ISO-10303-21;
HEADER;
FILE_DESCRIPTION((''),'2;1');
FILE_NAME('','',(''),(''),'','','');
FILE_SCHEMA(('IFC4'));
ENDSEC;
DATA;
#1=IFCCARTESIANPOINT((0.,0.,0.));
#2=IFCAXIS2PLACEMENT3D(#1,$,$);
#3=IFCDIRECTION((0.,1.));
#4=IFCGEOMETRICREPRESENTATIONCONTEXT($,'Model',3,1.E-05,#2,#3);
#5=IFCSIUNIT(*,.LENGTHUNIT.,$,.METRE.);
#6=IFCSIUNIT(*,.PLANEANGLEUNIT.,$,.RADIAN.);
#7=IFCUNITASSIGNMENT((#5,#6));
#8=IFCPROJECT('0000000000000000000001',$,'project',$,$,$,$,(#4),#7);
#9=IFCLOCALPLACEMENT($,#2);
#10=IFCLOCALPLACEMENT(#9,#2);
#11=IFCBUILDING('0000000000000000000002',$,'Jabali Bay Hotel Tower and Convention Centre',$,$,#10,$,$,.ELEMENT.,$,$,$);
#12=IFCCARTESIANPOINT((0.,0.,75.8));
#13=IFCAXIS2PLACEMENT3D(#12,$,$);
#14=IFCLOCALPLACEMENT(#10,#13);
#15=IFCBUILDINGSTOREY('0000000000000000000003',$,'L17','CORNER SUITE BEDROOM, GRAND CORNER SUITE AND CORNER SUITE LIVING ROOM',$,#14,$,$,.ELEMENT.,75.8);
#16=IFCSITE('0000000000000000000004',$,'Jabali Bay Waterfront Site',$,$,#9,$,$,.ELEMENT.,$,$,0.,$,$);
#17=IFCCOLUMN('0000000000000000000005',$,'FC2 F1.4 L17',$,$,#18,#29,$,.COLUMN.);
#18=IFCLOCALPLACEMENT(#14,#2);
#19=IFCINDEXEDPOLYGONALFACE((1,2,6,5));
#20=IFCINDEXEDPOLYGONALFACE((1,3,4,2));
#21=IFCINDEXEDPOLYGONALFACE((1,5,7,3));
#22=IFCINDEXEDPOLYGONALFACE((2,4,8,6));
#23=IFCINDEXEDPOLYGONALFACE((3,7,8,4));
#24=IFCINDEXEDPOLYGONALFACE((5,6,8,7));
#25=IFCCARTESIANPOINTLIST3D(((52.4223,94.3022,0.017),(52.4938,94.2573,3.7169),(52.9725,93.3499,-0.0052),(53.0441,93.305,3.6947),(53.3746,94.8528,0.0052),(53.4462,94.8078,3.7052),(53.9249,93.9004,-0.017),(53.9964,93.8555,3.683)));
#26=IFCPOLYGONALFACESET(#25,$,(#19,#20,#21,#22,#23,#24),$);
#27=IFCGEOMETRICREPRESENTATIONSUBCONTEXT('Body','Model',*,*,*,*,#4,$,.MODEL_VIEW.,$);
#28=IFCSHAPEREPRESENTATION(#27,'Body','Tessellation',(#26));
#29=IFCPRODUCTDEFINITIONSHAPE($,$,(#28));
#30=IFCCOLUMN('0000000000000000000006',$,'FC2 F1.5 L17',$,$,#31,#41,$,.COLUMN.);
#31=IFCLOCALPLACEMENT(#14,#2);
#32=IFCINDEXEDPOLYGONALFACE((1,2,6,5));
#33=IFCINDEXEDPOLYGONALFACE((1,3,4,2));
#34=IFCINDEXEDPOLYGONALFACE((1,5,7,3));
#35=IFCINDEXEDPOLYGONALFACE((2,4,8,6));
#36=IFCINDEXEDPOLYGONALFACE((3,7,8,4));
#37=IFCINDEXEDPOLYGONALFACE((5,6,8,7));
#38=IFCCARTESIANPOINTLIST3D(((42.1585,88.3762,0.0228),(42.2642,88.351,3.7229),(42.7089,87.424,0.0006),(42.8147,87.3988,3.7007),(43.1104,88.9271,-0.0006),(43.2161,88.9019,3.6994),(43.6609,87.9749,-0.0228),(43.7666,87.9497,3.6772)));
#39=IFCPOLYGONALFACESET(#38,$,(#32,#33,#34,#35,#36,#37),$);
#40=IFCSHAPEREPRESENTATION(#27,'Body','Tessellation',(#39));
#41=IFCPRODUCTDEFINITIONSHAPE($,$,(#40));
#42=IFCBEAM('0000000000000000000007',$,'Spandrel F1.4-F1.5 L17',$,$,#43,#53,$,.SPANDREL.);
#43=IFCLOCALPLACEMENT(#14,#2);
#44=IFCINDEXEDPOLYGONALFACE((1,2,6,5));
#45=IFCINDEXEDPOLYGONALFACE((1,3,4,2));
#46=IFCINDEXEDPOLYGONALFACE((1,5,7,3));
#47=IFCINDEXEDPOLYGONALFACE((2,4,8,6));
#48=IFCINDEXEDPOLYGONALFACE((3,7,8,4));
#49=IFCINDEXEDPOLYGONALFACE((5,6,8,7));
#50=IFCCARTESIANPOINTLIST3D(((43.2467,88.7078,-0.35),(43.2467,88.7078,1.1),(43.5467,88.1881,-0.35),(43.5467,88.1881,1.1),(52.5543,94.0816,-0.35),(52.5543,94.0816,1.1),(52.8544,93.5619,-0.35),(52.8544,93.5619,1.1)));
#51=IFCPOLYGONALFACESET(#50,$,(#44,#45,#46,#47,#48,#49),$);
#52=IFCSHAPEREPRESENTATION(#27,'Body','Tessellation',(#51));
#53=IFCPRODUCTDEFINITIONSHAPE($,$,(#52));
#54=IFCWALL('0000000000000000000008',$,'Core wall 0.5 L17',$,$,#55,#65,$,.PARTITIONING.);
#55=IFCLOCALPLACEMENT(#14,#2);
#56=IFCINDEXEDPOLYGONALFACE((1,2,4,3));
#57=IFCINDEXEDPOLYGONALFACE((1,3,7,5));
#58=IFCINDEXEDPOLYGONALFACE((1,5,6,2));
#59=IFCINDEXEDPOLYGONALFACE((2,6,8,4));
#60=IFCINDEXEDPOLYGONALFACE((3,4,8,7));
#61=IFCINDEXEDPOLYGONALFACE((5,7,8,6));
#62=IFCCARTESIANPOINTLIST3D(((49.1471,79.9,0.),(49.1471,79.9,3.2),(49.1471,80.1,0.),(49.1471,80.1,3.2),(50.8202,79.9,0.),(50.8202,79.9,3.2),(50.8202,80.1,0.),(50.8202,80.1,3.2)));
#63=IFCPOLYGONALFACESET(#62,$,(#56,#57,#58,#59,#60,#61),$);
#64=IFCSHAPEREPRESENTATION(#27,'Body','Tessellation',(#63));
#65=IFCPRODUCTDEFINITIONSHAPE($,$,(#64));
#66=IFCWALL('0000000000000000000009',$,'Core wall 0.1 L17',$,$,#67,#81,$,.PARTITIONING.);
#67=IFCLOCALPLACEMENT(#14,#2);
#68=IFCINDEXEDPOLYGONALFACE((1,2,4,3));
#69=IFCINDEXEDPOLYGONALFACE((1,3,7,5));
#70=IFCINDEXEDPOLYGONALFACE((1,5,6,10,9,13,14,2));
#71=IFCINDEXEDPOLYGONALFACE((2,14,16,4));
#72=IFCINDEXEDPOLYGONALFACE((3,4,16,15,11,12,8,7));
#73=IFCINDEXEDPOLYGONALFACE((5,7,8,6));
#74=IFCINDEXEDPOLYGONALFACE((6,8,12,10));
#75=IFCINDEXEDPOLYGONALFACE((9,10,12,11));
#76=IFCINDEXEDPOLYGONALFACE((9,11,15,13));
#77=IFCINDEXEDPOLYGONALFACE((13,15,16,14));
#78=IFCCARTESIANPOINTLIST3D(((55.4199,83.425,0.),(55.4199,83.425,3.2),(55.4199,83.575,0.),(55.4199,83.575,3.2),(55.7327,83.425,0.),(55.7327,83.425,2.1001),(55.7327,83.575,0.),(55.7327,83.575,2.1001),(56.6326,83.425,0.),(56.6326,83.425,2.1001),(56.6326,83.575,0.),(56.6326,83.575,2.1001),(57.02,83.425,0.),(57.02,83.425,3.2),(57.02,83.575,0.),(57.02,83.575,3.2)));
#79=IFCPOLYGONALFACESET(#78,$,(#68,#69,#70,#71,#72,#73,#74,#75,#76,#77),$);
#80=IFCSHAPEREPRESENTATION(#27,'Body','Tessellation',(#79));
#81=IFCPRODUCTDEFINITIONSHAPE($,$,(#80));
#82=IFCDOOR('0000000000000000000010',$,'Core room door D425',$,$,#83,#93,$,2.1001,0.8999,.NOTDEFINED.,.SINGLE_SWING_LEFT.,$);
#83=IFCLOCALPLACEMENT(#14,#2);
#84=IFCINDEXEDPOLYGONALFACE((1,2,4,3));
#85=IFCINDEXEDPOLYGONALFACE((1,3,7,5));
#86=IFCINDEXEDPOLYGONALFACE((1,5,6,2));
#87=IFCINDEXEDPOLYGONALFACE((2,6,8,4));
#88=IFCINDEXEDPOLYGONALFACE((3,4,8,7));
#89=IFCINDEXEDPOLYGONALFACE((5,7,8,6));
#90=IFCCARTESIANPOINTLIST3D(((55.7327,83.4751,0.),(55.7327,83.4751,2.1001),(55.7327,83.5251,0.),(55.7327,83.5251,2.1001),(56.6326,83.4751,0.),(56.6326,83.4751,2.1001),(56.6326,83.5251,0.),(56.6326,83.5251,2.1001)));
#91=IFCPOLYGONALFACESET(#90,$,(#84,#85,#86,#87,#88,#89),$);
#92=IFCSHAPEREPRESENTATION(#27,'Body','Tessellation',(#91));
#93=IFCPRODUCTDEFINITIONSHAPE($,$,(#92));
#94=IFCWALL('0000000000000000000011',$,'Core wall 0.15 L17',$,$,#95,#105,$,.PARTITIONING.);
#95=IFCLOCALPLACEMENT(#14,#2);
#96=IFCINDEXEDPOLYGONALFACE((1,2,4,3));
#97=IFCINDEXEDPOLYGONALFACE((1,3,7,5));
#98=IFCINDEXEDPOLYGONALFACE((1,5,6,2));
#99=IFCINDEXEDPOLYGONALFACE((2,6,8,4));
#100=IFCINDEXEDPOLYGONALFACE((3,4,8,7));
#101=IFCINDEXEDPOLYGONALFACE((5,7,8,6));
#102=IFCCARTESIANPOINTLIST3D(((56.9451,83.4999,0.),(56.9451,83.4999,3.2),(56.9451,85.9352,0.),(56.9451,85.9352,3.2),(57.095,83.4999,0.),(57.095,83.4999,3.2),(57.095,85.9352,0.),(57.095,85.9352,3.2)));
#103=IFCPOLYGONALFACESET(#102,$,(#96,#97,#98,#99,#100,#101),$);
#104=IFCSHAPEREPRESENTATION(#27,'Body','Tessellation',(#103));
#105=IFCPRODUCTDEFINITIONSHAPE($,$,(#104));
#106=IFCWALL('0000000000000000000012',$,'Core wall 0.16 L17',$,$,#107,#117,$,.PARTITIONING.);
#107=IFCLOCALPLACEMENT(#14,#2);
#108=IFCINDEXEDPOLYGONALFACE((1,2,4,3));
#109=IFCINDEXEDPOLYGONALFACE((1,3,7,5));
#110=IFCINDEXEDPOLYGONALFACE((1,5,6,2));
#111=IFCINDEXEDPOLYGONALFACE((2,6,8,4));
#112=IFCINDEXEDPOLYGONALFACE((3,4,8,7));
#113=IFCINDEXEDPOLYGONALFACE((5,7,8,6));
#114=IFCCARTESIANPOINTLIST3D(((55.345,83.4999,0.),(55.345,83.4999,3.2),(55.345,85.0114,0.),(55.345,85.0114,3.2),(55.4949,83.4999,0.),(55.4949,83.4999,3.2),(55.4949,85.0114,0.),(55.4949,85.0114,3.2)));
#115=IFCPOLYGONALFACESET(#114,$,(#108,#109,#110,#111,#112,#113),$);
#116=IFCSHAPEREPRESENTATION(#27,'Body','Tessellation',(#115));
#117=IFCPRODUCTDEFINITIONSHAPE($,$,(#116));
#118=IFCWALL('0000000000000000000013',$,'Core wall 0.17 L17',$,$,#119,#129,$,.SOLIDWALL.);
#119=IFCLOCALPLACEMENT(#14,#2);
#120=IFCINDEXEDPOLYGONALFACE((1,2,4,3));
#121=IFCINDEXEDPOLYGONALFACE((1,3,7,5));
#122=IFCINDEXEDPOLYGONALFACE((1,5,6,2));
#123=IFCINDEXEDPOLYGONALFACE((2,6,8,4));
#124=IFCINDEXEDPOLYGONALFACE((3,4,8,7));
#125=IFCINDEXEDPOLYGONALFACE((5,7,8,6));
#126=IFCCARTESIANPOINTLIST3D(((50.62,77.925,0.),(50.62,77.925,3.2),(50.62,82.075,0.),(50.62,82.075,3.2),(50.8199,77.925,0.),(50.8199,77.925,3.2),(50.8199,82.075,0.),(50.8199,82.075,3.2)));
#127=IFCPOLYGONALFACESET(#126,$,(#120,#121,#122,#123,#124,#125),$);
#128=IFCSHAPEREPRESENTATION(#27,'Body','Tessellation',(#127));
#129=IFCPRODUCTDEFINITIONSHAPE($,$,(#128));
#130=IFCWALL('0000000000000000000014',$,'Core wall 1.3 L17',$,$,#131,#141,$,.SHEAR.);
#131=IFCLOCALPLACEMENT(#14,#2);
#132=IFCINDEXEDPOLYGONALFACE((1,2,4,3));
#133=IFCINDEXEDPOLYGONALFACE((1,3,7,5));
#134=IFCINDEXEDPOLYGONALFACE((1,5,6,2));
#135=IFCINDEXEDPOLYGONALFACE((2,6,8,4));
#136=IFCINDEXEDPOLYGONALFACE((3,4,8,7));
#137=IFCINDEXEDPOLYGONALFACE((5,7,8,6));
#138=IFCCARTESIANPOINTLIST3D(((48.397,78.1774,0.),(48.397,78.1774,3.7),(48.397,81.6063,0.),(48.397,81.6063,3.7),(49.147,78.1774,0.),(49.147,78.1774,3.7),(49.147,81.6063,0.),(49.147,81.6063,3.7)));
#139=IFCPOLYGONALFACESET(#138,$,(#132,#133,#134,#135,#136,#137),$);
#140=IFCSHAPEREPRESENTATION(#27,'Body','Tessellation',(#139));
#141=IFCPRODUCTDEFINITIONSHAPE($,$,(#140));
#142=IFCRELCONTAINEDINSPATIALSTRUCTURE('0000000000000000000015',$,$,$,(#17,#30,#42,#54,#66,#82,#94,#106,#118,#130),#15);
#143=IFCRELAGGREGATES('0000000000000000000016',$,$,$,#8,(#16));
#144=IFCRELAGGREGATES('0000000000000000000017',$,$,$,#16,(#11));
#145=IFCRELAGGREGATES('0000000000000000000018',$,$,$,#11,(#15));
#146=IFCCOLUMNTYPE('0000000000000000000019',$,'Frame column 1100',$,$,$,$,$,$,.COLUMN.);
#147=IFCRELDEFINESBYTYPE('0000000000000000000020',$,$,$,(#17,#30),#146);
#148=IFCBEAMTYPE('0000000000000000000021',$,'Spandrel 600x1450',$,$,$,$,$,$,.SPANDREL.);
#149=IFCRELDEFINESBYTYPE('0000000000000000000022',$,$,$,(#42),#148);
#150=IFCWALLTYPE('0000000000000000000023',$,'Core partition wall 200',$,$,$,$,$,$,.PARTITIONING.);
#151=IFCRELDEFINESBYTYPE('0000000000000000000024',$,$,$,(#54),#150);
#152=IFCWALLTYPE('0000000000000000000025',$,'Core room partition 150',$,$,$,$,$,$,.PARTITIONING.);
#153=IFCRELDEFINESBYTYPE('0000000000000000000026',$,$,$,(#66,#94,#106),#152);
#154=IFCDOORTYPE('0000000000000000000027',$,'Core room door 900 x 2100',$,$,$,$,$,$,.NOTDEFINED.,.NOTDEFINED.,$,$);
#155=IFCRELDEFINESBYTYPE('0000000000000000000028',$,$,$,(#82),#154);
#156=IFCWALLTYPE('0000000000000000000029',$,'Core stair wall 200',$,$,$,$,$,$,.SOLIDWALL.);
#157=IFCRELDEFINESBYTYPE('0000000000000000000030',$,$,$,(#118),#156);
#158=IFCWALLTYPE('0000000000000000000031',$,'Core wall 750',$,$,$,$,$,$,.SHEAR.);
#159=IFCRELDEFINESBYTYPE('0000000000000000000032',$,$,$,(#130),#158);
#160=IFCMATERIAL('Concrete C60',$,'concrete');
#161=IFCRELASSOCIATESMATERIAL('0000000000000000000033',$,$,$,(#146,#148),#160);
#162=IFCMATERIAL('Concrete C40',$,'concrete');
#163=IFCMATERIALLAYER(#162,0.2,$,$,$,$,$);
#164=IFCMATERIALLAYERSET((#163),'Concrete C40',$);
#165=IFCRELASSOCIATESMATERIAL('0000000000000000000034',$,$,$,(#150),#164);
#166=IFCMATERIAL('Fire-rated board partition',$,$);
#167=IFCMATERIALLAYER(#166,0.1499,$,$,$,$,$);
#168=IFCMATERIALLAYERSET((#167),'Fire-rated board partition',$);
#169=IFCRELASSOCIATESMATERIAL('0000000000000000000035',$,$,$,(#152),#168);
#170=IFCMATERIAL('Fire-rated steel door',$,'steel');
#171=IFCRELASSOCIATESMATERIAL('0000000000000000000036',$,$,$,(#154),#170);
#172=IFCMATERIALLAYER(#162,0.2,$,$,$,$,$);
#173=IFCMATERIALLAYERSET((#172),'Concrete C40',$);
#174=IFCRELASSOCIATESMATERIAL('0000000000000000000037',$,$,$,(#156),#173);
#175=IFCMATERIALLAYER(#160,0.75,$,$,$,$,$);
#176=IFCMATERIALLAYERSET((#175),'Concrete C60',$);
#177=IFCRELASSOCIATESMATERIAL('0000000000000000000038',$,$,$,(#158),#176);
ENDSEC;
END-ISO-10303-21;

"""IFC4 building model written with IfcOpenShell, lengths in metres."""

from ifc_helpers import new_model, si_unit, direction, frame, frame_2d, origin, origin_2d, place, context, subcontext, project, spatial, rectangle, extrude, material, layer, layer_set, material_profile, profile_set, type_object, element, fill, save


model = new_model("IFC4")

# Units and contexts
model_context = context("Model", 3, precision=1e-05, world=origin(), true_north=direction((0.0, 1.0)))
body_context = subcontext(model_context, "Body", "Model", "MODEL_VIEW")
ifc_project = project(units=[si_unit("LENGTHUNIT", "METRE"), si_unit("PLANEANGLEUNIT", "RADIAN")], contexts=[model_context])

# Site, building, storey
site_placement = place(None, origin())
site = spatial("IfcSite", under=ifc_project, at=site_placement, Name="Jabali Bay Waterfront Site", CompositionType="ELEMENT", RefElevation=0.0)
building_placement = place(site_placement, origin())
building = spatial("IfcBuilding", under=site, at=building_placement, Name="Jabali Bay Hotel Tower and Convention Centre", CompositionType="ELEMENT")
storey_placement = place(building_placement, frame((0.0, 0.0, 75.8)))
storey = spatial("IfcBuildingStorey", under=building, at=storey_placement, Name="L17", Description="CORNER SUITE BEDROOM, GRAND CORNER SUITE AND CORNER SUITE LIVING ROOM", CompositionType="ELEMENT", Elevation=75.8)

# Columns
ifc_material_1 = material(Name="Concrete C60", Category="concrete")
ifc_material_profile_1 = material_profile(ifc_material_1, rectangle(XDim=1.1001, YDim=1.1001, at=origin_2d()), Name="Frame column 1100")
ifc_profile_set_1 = profile_set([ifc_material_profile_1], Name="Concrete C60")
column_type = type_object("IfcColumnType", Name="Frame column 1100", PredefinedType="COLUMN", material=ifc_profile_set_1)
column_1_placement = place(storey_placement, frame((53.1736, 94.1013, 0.0), z_axis=(0.019329, -0.012138, 0.99974), x_axis=(-0.5002, 0.865675, 0.020181)))
element("IfcColumn", 1, at=column_1_placement, inside=storey, type_object=column_type, Name="FC2 F1.4 L17", PredefinedType="COLUMN", context=body_context, shape_type="SweptSolid", body=[
    extrude(rectangle(XDim=1.1001, YDim=1.1001, at=origin_2d()), origin(), (0.0, 0.0, 1.0), 3.7009),
])
column_2_placement = place(storey_placement, frame((42.9097, 88.1755, 0.0), z_axis=(0.028559, -0.006794, 0.999569), x_axis=(-0.500406, 0.865556, 0.02018)))
element("IfcColumn", 2, at=column_2_placement, inside=storey, type_object=column_type, Name="FC2 F1.5 L17", PredefinedType="COLUMN", context=body_context, shape_type="SweptSolid", body=[
    extrude(rectangle(XDim=1.1001, YDim=1.1001, at=origin_2d()), origin(), (0.0, 0.0, 1.0), 3.7017),
])

# Beam
ifc_material_profile_2 = material_profile(ifc_material_1, rectangle(XDim=0.6001, YDim=1.45, at=origin_2d()), Name="Spandrel 600x1450")
ifc_profile_set_2 = profile_set([ifc_material_profile_2], Name="Concrete C60")
beam_type = type_object("IfcBeamType", Name="Spandrel 600x1450", PredefinedType="SPANDREL", material=ifc_profile_set_2)
beam_placement = place(storey_placement, frame((52.7043, 93.8218, 0.375), z_axis=(-0.866024, -0.500002, 0.0), x_axis=(0.500002, -0.866024, 0.0)))
element("IfcBeam", 3, at=beam_placement, inside=storey, type_object=beam_type, Name="Spandrel F1.4-F1.5 L17", PredefinedType="SPANDREL", context=body_context, shape_type="SweptSolid", body=[
    extrude(rectangle(XDim=0.6001, YDim=1.45, at=origin_2d()), origin(), (0.0, 0.0, 1.0), 10.7476),
])

# Wall
ifc_material_2 = material(Name="Concrete C40", Category="concrete")
ifc_layer_1 = layer(ifc_material_2, 0.2)
ifc_layer_set_1 = layer_set([ifc_layer_1], Name="Concrete C40")
wall_type_1 = type_object("IfcWallType", Name="Core partition wall 200", PredefinedType="PARTITIONING", material=ifc_layer_set_1)
wall_1_placement = place(storey_placement, frame((50.8201, 80.0, 0.0), z_axis=(0.0, 0.0, 1.0), x_axis=(-1.0, 0.0, 0.0)))
element("IfcWall", 4, at=wall_1_placement, inside=storey, type_object=wall_type_1, Name="Core wall 0.5 L17", PredefinedType="PARTITIONING", context=body_context, shape_type="SweptSolid", body=[
    extrude(rectangle(XDim=1.6731, YDim=0.2, at=frame_2d((0.8364, 0.0))), origin(), (0.0, 0.0, 1.0), 3.2),
])

# Wall, opening, door
ifc_material_3 = material(Name="Fire-rated board partition")
ifc_layer_2 = layer(ifc_material_3, 0.1499)
ifc_layer_set_2 = layer_set([ifc_layer_2], Name="Fire-rated board partition")
wall_type_2 = type_object("IfcWallType", Name="Core room partition 150", PredefinedType="PARTITIONING", material=ifc_layer_set_2)
wall_2_placement = place(storey_placement, frame((57.02, 83.5, 0.0), z_axis=(0.0, 0.0, 1.0), x_axis=(-1.0, 0.0, 0.0)))
wall_2 = element("IfcWall", 5, at=wall_2_placement, inside=storey, type_object=wall_type_2, Name="Core wall 0.1 L17", PredefinedType="PARTITIONING", context=body_context, shape_type="SweptSolid", body=[
    extrude(rectangle(XDim=1.6001, YDim=0.1499, at=frame_2d((0.8, 0.0))), origin(), (0.0, 0.0, 1.0), 3.2),
])
opening_placement = place(wall_2_placement, frame((0.3875, 0.0, 0.0)))
opening = element("IfcOpeningElement", 6, at=opening_placement, cuts=wall_2, PredefinedType="OPENING", context=body_context, shape_type="SweptSolid", body=[
    extrude(rectangle(XDim=0.8999, YDim=2.1001, at=frame_2d((0.45, 1.05))), frame((0.0, 0.0854, 0.0), z_axis=(0.0, -1.0, 0.0), x_axis=(1.0, 0.0, 0.0)), (0.0, 0.0, 1.0), 0.1709),
])
ifc_material_4 = material(Name="Fire-rated steel door", Category="steel")
door_type = type_object("IfcDoorType", Name="Core room door 900 x 2100", OperationType="NOTDEFINED", PredefinedType="NOTDEFINED", material=ifc_material_4)
door_placement = place(opening_placement, origin())
door = element("IfcDoor", 7, at=door_placement, inside=storey, type_object=door_type, Name="Core room door D425", OperationType="SINGLE_SWING_LEFT", OverallHeight=2.1001, OverallWidth=0.8999, PredefinedType="NOTDEFINED", context=body_context, shape_type="SweptSolid", body=[
    extrude(rectangle(XDim=0.8999, YDim=2.1001, at=frame_2d((0.45, 1.05))), frame((0.0, 0.0249, 0.0), z_axis=(0.0, -1.0, 0.0), x_axis=(1.0, 0.0, 0.0)), (0.0, 0.0, 1.0), 0.05),
])
fill(opening, door)

# Walls
wall_3_placement = place(storey_placement, frame((57.02, 85.9353, 0.0), z_axis=(0.0, 0.0, 1.0), x_axis=(0.0, -1.0, 0.0)))
element("IfcWall", 8, at=wall_3_placement, inside=storey, type_object=wall_type_2, Name="Core wall 0.15 L17", PredefinedType="PARTITIONING", context=body_context, shape_type="SweptSolid", body=[
    extrude(rectangle(XDim=2.4353, YDim=0.1499, at=frame_2d((1.2178, 0.0))), origin(), (0.0, 0.0, 1.0), 3.2),
])
wall_4_placement = place(storey_placement, frame((55.4199, 85.0115, 0.0), z_axis=(0.0, 0.0, 1.0), x_axis=(0.0, -1.0, 0.0)))
element("IfcWall", 9, at=wall_4_placement, inside=storey, type_object=wall_type_2, Name="Core wall 0.16 L17", PredefinedType="PARTITIONING", context=body_context, shape_type="SweptSolid", body=[
    extrude(rectangle(XDim=1.5115, YDim=0.1499, at=frame_2d((0.7559, 0.0))), origin(), (0.0, 0.0, 1.0), 3.2),
])
ifc_layer_3 = layer(ifc_material_2, 0.2)
ifc_layer_set_3 = layer_set([ifc_layer_3], Name="Concrete C40")
wall_type_3 = type_object("IfcWallType", Name="Core stair wall 200", PredefinedType="SOLIDWALL", material=ifc_layer_set_3)
wall_5_placement = place(storey_placement, frame((50.72, 82.075, 0.0), z_axis=(0.0, 0.0, 1.0), x_axis=(0.0, -1.0, 0.0)))
element("IfcWall", 10, at=wall_5_placement, inside=storey, type_object=wall_type_3, Name="Core wall 0.17 L17", PredefinedType="SOLIDWALL", context=body_context, shape_type="SweptSolid", body=[
    extrude(rectangle(XDim=4.1499, YDim=0.2, at=frame_2d((2.075, 0.0))), origin(), (0.0, 0.0, 1.0), 3.2),
])
ifc_layer_4 = layer(ifc_material_1, 0.75)
ifc_layer_set_4 = layer_set([ifc_layer_4], Name="Concrete C60")
wall_type_4 = type_object("IfcWallType", Name="Core wall 750", PredefinedType="SHEAR", material=ifc_layer_set_4)
wall_6_placement = place(storey_placement, frame((48.772, 81.6062, 0.0), z_axis=(0.0, 0.0, 1.0), x_axis=(0.0, -1.0, 0.0)))
element("IfcWall", 11, at=wall_6_placement, inside=storey, type_object=wall_type_4, Name="Core wall 1.3 L17", PredefinedType="SHEAR", context=body_context, shape_type="SweptSolid", body=[
    extrude(rectangle(XDim=3.429, YDim=0.75, at=frame_2d((1.7144, 0.0))), origin(), (0.0, 0.0, 1.0), 3.7),
])

save(model, "model.ifc")
